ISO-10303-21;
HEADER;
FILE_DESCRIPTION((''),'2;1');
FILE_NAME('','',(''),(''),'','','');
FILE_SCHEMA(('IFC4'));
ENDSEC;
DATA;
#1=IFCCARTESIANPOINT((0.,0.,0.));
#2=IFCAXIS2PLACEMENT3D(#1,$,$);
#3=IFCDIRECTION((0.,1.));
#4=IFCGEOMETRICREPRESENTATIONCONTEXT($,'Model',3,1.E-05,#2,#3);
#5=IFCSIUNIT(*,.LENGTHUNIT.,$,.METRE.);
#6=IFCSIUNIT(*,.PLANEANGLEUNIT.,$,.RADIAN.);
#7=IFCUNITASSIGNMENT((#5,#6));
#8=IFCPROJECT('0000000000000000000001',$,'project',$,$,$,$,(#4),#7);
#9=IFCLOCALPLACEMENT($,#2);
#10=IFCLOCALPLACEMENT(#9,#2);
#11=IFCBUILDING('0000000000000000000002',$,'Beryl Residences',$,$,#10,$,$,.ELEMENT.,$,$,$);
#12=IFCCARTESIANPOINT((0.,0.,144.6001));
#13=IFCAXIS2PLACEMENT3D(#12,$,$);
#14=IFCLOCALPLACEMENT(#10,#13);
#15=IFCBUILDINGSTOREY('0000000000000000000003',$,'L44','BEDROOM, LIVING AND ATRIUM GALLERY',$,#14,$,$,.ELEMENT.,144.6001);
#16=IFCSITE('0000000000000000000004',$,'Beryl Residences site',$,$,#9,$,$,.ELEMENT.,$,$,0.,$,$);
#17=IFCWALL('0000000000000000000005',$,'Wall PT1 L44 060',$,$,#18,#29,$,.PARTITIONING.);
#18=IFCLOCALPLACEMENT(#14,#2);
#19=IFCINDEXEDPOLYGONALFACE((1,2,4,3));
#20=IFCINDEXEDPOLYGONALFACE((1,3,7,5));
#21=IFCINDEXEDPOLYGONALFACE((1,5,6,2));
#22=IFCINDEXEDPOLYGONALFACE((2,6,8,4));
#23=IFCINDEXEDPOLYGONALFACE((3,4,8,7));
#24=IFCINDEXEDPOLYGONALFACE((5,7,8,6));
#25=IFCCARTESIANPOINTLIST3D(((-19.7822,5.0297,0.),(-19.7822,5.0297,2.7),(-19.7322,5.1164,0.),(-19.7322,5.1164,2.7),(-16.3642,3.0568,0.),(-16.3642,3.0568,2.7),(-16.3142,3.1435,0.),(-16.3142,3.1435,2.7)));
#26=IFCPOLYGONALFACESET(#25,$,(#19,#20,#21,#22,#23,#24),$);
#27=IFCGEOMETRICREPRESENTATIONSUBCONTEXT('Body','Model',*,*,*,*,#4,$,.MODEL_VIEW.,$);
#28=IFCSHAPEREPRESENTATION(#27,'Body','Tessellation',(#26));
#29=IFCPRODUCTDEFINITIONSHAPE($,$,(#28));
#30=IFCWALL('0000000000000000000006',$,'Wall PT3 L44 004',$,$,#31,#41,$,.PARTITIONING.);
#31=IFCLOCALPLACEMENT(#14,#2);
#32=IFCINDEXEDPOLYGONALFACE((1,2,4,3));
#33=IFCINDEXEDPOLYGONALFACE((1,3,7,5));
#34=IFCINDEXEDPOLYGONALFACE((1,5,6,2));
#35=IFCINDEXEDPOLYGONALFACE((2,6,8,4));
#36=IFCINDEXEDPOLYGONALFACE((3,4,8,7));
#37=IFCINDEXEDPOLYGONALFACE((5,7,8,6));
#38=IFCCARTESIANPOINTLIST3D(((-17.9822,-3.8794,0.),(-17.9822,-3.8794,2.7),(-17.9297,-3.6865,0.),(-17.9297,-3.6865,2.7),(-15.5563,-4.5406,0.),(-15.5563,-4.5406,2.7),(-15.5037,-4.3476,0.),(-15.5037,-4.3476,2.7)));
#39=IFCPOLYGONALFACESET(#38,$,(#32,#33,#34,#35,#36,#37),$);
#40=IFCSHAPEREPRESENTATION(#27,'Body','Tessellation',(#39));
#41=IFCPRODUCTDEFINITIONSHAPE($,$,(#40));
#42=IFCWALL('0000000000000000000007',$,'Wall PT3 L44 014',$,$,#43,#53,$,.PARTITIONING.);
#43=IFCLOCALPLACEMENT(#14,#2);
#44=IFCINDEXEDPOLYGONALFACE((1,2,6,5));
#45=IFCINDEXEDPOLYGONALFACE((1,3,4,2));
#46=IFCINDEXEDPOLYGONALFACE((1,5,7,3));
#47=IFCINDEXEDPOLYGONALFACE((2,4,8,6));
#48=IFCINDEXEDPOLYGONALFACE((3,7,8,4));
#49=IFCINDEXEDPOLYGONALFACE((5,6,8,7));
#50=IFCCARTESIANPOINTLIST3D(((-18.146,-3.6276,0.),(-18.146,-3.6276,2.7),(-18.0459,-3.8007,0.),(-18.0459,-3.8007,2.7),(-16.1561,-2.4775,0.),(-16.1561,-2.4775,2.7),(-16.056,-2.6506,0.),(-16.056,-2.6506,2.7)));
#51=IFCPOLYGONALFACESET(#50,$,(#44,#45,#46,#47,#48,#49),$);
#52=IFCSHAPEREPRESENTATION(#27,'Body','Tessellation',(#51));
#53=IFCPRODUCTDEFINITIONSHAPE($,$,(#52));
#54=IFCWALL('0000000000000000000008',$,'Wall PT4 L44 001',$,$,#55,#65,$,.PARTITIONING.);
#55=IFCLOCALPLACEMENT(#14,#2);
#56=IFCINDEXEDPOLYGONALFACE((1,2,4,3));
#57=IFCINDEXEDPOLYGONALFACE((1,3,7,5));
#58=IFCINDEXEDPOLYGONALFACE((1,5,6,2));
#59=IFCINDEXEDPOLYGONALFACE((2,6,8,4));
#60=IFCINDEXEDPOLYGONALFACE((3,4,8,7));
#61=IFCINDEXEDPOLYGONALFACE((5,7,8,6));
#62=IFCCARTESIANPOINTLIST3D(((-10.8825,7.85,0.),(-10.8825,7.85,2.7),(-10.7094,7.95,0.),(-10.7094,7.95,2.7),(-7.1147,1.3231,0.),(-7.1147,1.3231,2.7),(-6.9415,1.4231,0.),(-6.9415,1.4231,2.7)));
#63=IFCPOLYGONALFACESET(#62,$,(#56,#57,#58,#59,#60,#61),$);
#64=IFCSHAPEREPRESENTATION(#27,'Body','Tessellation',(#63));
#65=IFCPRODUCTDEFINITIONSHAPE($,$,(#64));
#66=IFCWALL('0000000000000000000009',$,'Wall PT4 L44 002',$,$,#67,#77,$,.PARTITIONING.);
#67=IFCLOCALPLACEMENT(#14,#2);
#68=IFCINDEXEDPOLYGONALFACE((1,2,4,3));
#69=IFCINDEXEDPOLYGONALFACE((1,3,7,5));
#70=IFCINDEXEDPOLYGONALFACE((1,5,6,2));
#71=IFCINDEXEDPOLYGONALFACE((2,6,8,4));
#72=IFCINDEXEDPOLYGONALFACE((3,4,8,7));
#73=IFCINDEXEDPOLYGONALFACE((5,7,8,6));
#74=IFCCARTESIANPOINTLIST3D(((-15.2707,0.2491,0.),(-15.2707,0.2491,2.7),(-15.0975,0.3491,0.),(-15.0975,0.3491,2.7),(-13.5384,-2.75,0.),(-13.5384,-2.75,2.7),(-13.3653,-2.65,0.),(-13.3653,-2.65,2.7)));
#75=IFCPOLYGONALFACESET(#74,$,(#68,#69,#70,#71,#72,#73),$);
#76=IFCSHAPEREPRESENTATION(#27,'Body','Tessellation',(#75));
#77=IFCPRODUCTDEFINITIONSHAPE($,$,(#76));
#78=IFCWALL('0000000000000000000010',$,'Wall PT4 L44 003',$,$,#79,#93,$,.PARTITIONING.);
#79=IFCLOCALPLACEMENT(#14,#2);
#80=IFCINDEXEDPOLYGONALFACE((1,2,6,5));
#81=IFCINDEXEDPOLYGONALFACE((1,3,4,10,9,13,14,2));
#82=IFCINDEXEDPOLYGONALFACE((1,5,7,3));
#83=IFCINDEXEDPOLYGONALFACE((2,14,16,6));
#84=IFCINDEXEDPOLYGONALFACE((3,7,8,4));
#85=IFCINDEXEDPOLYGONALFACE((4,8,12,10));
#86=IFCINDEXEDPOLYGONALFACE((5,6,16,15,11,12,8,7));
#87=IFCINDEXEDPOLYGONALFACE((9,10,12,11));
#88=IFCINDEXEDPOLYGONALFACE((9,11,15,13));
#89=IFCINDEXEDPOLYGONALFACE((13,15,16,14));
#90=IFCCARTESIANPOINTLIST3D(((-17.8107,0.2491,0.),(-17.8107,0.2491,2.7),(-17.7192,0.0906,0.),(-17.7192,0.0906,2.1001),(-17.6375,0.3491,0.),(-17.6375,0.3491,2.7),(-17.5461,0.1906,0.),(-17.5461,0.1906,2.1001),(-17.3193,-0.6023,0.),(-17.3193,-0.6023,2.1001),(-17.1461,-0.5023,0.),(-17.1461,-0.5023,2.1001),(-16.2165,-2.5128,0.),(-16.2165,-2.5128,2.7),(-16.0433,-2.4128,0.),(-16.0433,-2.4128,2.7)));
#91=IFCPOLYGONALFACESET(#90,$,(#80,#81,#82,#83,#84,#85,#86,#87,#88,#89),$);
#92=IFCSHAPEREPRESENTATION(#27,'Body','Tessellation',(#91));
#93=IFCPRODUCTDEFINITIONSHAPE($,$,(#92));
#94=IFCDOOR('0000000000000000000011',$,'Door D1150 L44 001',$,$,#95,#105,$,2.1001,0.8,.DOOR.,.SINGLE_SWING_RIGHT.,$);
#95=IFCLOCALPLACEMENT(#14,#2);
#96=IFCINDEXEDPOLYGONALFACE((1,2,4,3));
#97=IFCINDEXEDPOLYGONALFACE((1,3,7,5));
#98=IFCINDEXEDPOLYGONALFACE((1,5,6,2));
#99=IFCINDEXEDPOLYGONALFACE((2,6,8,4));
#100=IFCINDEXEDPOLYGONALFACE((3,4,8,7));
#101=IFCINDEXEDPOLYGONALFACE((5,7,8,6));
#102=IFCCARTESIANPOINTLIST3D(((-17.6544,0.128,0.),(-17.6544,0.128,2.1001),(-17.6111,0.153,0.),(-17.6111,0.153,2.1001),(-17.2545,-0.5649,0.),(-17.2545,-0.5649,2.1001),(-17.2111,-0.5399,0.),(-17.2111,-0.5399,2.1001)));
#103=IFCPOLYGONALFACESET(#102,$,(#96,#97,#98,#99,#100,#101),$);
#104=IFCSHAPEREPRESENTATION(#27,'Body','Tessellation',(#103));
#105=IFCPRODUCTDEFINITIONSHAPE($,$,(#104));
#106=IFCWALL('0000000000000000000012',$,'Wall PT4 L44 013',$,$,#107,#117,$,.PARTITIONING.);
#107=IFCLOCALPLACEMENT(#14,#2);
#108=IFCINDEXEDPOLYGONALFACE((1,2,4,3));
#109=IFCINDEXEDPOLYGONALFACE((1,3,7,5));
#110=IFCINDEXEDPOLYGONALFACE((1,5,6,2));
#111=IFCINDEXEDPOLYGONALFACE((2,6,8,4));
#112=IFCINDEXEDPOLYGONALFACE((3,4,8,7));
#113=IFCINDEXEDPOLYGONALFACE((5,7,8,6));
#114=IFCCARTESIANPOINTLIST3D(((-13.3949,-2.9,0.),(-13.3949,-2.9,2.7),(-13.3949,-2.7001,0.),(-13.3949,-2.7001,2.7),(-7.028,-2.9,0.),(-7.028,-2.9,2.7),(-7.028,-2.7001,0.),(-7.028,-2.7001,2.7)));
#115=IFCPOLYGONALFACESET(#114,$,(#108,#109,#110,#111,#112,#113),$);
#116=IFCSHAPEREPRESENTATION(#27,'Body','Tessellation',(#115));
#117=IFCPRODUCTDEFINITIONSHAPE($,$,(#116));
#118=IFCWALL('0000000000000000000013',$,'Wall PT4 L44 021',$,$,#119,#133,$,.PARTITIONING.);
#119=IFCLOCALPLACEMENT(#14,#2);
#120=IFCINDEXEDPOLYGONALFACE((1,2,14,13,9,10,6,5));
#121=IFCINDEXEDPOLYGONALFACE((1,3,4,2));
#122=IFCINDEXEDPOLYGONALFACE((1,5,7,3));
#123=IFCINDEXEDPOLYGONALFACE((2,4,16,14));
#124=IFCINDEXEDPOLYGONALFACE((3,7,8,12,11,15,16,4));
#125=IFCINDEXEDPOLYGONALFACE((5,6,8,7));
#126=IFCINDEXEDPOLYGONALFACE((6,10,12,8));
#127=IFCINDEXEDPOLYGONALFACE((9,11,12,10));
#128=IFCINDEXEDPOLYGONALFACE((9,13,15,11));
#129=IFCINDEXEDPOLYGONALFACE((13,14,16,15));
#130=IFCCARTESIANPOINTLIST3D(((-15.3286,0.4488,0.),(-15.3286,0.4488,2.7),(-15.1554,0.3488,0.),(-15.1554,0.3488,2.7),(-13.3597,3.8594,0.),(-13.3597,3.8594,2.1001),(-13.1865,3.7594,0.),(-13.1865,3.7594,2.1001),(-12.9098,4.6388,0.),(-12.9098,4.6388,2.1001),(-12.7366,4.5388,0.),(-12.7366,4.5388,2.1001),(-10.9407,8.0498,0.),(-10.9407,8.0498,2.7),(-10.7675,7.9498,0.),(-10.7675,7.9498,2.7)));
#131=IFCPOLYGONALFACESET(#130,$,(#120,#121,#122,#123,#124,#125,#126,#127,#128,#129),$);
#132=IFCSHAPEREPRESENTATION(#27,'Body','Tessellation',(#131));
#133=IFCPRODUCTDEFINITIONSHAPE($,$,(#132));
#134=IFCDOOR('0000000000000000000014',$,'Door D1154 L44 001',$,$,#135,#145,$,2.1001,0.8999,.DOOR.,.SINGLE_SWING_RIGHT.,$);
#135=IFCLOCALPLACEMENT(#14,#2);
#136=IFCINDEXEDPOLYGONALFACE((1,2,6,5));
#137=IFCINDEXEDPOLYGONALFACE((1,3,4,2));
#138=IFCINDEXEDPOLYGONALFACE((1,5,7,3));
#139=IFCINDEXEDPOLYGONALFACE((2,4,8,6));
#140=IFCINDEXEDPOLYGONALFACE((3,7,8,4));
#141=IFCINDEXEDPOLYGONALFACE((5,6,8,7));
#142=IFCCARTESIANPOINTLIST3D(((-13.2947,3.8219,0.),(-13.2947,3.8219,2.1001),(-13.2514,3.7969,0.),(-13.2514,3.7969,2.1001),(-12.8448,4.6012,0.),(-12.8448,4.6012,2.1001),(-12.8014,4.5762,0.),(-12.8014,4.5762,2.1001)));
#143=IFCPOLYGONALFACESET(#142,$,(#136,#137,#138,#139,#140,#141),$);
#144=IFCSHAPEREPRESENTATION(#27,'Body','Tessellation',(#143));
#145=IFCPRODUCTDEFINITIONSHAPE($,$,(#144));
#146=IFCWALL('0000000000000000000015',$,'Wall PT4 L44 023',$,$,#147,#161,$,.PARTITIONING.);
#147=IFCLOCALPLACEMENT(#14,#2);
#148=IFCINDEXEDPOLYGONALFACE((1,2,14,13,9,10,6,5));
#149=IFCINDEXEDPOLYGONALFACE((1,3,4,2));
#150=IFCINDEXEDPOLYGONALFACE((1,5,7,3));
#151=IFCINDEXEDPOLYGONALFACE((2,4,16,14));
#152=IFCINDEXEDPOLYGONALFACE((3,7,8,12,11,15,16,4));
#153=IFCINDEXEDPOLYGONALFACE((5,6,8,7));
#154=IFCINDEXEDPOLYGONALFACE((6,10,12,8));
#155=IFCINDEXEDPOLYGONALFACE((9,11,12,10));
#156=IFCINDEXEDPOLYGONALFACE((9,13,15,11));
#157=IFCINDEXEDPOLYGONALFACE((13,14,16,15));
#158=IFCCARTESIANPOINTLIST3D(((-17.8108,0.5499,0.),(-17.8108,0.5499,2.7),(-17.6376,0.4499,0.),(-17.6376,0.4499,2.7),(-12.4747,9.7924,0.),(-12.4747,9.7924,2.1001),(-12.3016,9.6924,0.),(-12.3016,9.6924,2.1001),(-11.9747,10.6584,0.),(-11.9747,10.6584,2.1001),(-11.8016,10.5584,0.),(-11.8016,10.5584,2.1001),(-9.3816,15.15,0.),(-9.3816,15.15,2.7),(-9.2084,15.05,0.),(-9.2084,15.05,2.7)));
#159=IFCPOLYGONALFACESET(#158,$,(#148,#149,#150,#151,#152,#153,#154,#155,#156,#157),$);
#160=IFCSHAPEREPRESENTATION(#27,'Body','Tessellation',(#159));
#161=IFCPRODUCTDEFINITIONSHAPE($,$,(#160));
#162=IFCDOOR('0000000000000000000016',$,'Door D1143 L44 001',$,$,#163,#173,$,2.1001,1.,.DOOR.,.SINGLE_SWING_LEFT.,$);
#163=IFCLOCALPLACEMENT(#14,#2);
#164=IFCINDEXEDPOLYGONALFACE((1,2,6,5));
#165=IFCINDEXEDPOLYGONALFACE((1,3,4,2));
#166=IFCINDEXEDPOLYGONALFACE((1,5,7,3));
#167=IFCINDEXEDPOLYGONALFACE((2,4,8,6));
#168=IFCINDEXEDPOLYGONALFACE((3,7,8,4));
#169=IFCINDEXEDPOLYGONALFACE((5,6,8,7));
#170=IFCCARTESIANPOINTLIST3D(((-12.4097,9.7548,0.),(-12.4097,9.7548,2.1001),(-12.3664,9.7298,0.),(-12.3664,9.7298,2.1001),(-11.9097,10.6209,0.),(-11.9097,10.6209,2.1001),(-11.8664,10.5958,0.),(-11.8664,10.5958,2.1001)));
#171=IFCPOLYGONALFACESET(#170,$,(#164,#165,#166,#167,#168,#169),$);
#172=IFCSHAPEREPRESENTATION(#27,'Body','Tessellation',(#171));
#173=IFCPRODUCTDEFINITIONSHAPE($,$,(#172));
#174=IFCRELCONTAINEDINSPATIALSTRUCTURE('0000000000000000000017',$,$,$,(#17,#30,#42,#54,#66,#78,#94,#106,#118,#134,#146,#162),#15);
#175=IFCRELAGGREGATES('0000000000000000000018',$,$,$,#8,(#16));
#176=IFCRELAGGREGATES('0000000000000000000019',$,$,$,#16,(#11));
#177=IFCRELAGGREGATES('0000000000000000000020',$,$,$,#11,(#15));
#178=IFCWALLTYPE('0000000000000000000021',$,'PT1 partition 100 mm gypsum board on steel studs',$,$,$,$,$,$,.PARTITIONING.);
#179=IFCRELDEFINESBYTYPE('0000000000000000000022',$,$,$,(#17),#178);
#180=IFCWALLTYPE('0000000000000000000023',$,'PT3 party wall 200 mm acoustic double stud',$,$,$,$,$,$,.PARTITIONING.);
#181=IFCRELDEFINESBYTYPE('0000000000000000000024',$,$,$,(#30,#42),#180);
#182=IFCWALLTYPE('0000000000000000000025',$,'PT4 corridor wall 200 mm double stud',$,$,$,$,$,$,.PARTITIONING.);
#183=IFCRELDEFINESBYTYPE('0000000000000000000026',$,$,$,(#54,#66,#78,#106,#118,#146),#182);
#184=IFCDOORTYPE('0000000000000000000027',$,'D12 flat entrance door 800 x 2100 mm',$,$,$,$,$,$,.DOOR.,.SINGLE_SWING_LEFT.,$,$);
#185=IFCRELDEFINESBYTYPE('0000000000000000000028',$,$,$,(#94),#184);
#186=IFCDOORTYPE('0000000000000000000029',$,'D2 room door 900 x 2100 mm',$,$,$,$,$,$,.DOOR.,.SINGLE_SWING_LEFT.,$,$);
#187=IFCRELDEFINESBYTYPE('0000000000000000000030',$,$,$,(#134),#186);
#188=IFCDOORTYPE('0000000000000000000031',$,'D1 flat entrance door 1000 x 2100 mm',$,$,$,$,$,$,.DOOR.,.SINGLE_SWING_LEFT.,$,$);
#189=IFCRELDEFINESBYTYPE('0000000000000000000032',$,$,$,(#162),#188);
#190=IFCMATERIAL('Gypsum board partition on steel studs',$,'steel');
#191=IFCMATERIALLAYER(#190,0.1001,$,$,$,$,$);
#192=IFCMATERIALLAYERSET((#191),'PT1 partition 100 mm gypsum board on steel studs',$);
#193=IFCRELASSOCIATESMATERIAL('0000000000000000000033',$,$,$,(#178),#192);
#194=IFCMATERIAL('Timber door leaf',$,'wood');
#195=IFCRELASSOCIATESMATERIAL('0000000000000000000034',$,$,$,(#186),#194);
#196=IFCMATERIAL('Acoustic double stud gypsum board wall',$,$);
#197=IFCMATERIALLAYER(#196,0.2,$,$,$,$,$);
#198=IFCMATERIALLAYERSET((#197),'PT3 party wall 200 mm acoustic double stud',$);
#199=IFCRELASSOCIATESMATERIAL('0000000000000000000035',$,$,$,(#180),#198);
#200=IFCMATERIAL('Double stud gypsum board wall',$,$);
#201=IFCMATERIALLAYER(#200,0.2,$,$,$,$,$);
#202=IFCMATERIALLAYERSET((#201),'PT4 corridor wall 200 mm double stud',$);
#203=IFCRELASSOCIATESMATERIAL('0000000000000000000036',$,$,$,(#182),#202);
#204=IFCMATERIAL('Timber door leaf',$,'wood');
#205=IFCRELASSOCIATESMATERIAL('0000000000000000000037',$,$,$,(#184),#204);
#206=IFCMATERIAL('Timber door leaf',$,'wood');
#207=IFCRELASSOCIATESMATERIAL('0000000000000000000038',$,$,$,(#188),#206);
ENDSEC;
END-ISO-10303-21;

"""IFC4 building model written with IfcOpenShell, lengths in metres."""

from ifc_helpers import new_model, si_unit, direction, frame, frame_2d, origin, place, context, subcontext, project, spatial, rectangle, extrude, material, layer, layer_set, type_object, element, fill, save


model = new_model("IFC4")

# Units and contexts
model_context = context("Model", 3, precision=1e-05, world=origin(), true_north=direction((0.0, 1.0)))
body_context = subcontext(model_context, "Body", "Model", "MODEL_VIEW")
ifc_project = project(units=[si_unit("LENGTHUNIT", "METRE"), si_unit("PLANEANGLEUNIT", "RADIAN")], contexts=[model_context])

# Site, building, storey
site_placement = place(None, origin())
site = spatial("IfcSite", under=ifc_project, at=site_placement, Name="Beryl Residences site", CompositionType="ELEMENT", RefElevation=0.0)
building_placement = place(site_placement, origin())
building = spatial("IfcBuilding", under=site, at=building_placement, Name="Beryl Residences", CompositionType="ELEMENT")
storey_placement = place(building_placement, frame((0.0, 0.0, 144.6001)))
storey = spatial("IfcBuildingStorey", under=building, at=storey_placement, Name="L44", Description="BEDROOM, LIVING AND ATRIUM GALLERY", CompositionType="ELEMENT", Elevation=144.6001)

# Shared definitions
ifc_material_1 = material(Name="Gypsum board partition on steel studs", Category="steel")
ifc_layer_1 = layer(ifc_material_1, 0.1001)
ifc_layer_set_1 = layer_set([ifc_layer_1], Name="PT1 partition 100 mm gypsum board on steel studs")
wall_type_1 = type_object("IfcWallType", Name="PT1 partition 100 mm gypsum board on steel studs", PredefinedType="PARTITIONING", material=ifc_layer_set_1)
ifc_material_2 = material(Name="Timber door leaf", Category="wood")
door_type_1 = type_object("IfcDoorType", Name="D2 room door 900 x 2100 mm", OperationType="SINGLE_SWING_LEFT", PredefinedType="DOOR", material=ifc_material_2)

# Walls
wall_1_placement = place(storey_placement, frame((-19.7571, 5.073, 0.0), z_axis=(0.0, 0.0, 1.0), x_axis=(0.866076, -0.499912, 0.0)))
element("IfcWall", 1, at=wall_1_placement, inside=storey, type_object=wall_type_1, Name="Wall PT1 L44 060", PredefinedType="PARTITIONING", context=body_context, shape_type="SweptSolid", body=[
    extrude(rectangle(XDim=3.9465, YDim=0.1001, at=frame_2d((1.9731, 0.0))), origin(), (0.0, 0.0, 1.0), 2.7),
])
ifc_material_3 = material(Name="Acoustic double stud gypsum board wall")
ifc_layer_2 = layer(ifc_material_3, 0.2)
ifc_layer_set_2 = layer_set([ifc_layer_2], Name="PT3 party wall 200 mm acoustic double stud")
wall_type_2 = type_object("IfcWallType", Name="PT3 party wall 200 mm acoustic double stud", PredefinedType="PARTITIONING", material=ifc_layer_set_2)
wall_2_placement = place(storey_placement, frame((-17.9561, -3.783, 0.0), z_axis=(0.0, 0.0, 1.0), x_axis=(0.964815, -0.262928, 0.0)))
element("IfcWall", 2, at=wall_2_placement, inside=storey, type_object=wall_type_2, Name="Wall PT3 L44 004", PredefinedType="PARTITIONING", context=body_context, shape_type="SweptSolid", body=[
    extrude(rectangle(XDim=2.5144, YDim=0.2, at=frame_2d((1.2573, 0.0))), origin(), (0.0, 0.0, 1.0), 2.7),
])
wall_3_placement = place(storey_placement, frame((-18.0959, -3.7141, 0.0), z_axis=(0.0, 0.0, 1.0), x_axis=(0.865795, 0.5004, 0.0)))
element("IfcWall", 3, at=wall_3_placement, inside=storey, type_object=wall_type_2, Name="Wall PT3 L44 014", PredefinedType="PARTITIONING", context=body_context, shape_type="SweptSolid", body=[
    extrude(rectangle(XDim=2.2983, YDim=0.2, at=frame_2d((1.1492, 0.0))), origin(), (0.0, 0.0, 1.0), 2.7),
])
ifc_material_4 = material(Name="Double stud gypsum board wall")
ifc_layer_3 = layer(ifc_material_4, 0.2)
ifc_layer_set_3 = layer_set([ifc_layer_3], Name="PT4 corridor wall 200 mm double stud")
wall_type_3 = type_object("IfcWallType", Name="PT4 corridor wall 200 mm double stud", PredefinedType="PARTITIONING", material=ifc_layer_set_3)
wall_4_placement = place(storey_placement, frame((-10.7959, 7.8999, 0.0), z_axis=(0.0, 0.0, 1.0), x_axis=(0.499954, -0.866052, 0.0)))
element("IfcWall", 4, at=wall_4_placement, inside=storey, type_object=wall_type_3, Name="Wall PT4 L44 001", PredefinedType="PARTITIONING", context=body_context, shape_type="SweptSolid", body=[
    extrude(rectangle(XDim=7.5364, YDim=0.2, at=frame_2d((3.7681, 0.0))), origin(), (0.0, 0.0, 1.0), 2.7),
])
wall_5_placement = place(storey_placement, frame((-15.1841, 0.2991, 0.0), z_axis=(0.0, 0.0, 1.0), x_axis=(0.50015, -0.865939, 0.0)))
element("IfcWall", 5, at=wall_5_placement, inside=storey, type_object=wall_type_3, Name="Wall PT4 L44 002", PredefinedType="PARTITIONING", context=body_context, shape_type="SweptSolid", body=[
    extrude(rectangle(XDim=3.4634, YDim=0.2, at=frame_2d((1.7317, 0.0))), origin(), (0.0, 0.0, 1.0), 2.7),
])

# Wall, opening, door
wall_6_placement = place(storey_placement, frame((-17.7241, 0.2991, 0.0), z_axis=(0.0, 0.0, 1.0), x_axis=(0.49991, -0.866077, 0.0)))
wall_6 = element("IfcWall", 6, at=wall_6_placement, inside=storey, type_object=wall_type_3, Name="Wall PT4 L44 003", PredefinedType="PARTITIONING", context=body_context, shape_type="SweptSolid", body=[
    extrude(rectangle(XDim=3.189, YDim=0.2, at=frame_2d((1.5945, 0.0))), origin(), (0.0, 0.0, 1.0), 2.7),
])
opening_1_placement = place(wall_6_placement, frame((0.1831, 0.0, 0.0)))
opening_1 = element("IfcOpeningElement", 7, at=opening_1_placement, cuts=wall_6, PredefinedType="OPENING", context=body_context, shape_type="SweptSolid", body=[
    extrude(rectangle(XDim=0.8, YDim=2.1001, at=frame_2d((0.3999, 1.05))), frame((0.0, 0.1099, 0.0), z_axis=(0.0, -1.0, 0.0), x_axis=(1.0, 0.0, 0.0)), (0.0, 0.0, 1.0), 0.22),
])
ifc_material_5 = material(Name="Timber door leaf", Category="wood")
door_type_2 = type_object("IfcDoorType", Name="D12 flat entrance door 800 x 2100 mm", OperationType="SINGLE_SWING_LEFT", PredefinedType="DOOR", material=ifc_material_5)
door_1_placement = place(opening_1_placement, origin())
door_1 = element("IfcDoor", 8, at=door_1_placement, inside=storey, type_object=door_type_2, Name="Door D1150 L44 001", OperationType="SINGLE_SWING_RIGHT", OverallHeight=2.1001, OverallWidth=0.8, PredefinedType="DOOR", context=body_context, shape_type="SweptSolid", body=[
    extrude(rectangle(XDim=0.8, YDim=2.1001, at=frame_2d((0.3999, 1.05))), frame((0.0, 0.0249, 0.0), z_axis=(0.0, -1.0, 0.0), x_axis=(1.0, 0.0, 0.0)), (0.0, 0.0, 1.0), 0.05),
])
fill(opening_1, door_1)

# Wall
wall_7_placement = place(storey_placement, frame((-13.395, -2.8, 0.0), z_axis=(0.0, 0.0, 1.0), x_axis=(1.0, 0.0, 0.0)))
element("IfcWall", 9, at=wall_7_placement, inside=storey, type_object=wall_type_3, Name="Wall PT4 L44 013", PredefinedType="PARTITIONING", context=body_context, shape_type="SweptSolid", body=[
    extrude(rectangle(XDim=6.3669, YDim=0.2, at=frame_2d((3.1836, 0.0))), origin(), (0.0, 0.0, 1.0), 2.7),
])

# Walls, openings, doors
wall_8_placement = place(storey_placement, frame((-15.2419, 0.3989, 0.0), z_axis=(0.0, 0.0, 1.0), x_axis=(0.499954, 0.866052, 0.0)))
wall_8 = element("IfcWall", 10, at=wall_8_placement, inside=storey, type_object=wall_type_3, Name="Wall PT4 L44 021", PredefinedType="PARTITIONING", context=body_context, shape_type="SweptSolid", body=[
    extrude(rectangle(XDim=8.7766, YDim=0.2, at=frame_2d((4.3882, 0.0))), origin(), (0.0, 0.0, 1.0), 2.7),
])
opening_2_placement = place(wall_8_placement, frame((3.938, 0.0, 0.0)))
opening_2 = element("IfcOpeningElement", 11, at=opening_2_placement, cuts=wall_8, PredefinedType="OPENING", context=body_context, shape_type="SweptSolid", body=[
    extrude(rectangle(XDim=0.8999, YDim=2.1001, at=frame_2d((0.45, 1.05))), frame((0.0, 0.1099, 0.0), z_axis=(0.0, -1.0, 0.0), x_axis=(1.0, 0.0, 0.0)), (0.0, 0.0, 1.0), 0.22),
])
door_2_placement = place(opening_2_placement, origin())
door_2 = element("IfcDoor", 12, at=door_2_placement, inside=storey, type_object=door_type_1, Name="Door D1154 L44 001", OperationType="SINGLE_SWING_RIGHT", OverallHeight=2.1001, OverallWidth=0.8999, PredefinedType="DOOR", context=body_context, shape_type="SweptSolid", body=[
    extrude(rectangle(XDim=0.8999, YDim=2.1001, at=frame_2d((0.45, 1.05))), frame((0.0, 0.0249, 0.0), z_axis=(0.0, -1.0, 0.0), x_axis=(1.0, 0.0, 0.0)), (0.0, 0.0, 1.0), 0.05),
])
fill(opening_2, door_2)
wall_9_placement = place(storey_placement, frame((-17.7241, 0.5, 0.0), z_axis=(0.0, 0.0, 1.0), x_axis=(0.499992, 0.86603, 0.0)))
wall_9 = element("IfcWall", 13, at=wall_9_placement, inside=storey, type_object=wall_type_3, Name="Wall PT4 L44 023", PredefinedType="PARTITIONING", context=body_context, shape_type="SweptSolid", body=[
    extrude(rectangle(XDim=16.8586, YDim=0.2, at=frame_2d((8.4292, 0.0))), origin(), (0.0, 0.0, 1.0), 2.7),
])
opening_3_placement = place(wall_9_placement, frame((10.6721, 0.0, 0.0)))
opening_3 = element("IfcOpeningElement", 14, at=opening_3_placement, cuts=wall_9, PredefinedType="OPENING", context=body_context, shape_type="SweptSolid", body=[
    extrude(rectangle(XDim=1.0, YDim=2.1001, at=frame_2d((0.5, 1.05))), frame((0.0, 0.1099, 0.0), z_axis=(0.0, -1.0, 0.0), x_axis=(1.0, 0.0, 0.0)), (0.0, 0.0, 1.0), 0.22),
])
ifc_material_6 = material(Name="Timber door leaf", Category="wood")
door_type_3 = type_object("IfcDoorType", Name="D1 flat entrance door 1000 x 2100 mm", OperationType="SINGLE_SWING_LEFT", PredefinedType="DOOR", material=ifc_material_6)
door_3_placement = place(opening_3_placement, origin())
door_3 = element("IfcDoor", 15, at=door_3_placement, inside=storey, type_object=door_type_3, Name="Door D1143 L44 001", OperationType="SINGLE_SWING_LEFT", OverallHeight=2.1001, OverallWidth=1.0, PredefinedType="DOOR", context=body_context, shape_type="SweptSolid", body=[
    extrude(rectangle(XDim=1.0, YDim=2.1001, at=frame_2d((0.5, 1.05))), frame((0.0, 0.0249, 0.0), z_axis=(0.0, -1.0, 0.0), x_axis=(1.0, 0.0, 0.0)), (0.0, 0.0, 1.0), 0.05),
])
fill(opening_3, door_3)

save(model, "model.ifc")
